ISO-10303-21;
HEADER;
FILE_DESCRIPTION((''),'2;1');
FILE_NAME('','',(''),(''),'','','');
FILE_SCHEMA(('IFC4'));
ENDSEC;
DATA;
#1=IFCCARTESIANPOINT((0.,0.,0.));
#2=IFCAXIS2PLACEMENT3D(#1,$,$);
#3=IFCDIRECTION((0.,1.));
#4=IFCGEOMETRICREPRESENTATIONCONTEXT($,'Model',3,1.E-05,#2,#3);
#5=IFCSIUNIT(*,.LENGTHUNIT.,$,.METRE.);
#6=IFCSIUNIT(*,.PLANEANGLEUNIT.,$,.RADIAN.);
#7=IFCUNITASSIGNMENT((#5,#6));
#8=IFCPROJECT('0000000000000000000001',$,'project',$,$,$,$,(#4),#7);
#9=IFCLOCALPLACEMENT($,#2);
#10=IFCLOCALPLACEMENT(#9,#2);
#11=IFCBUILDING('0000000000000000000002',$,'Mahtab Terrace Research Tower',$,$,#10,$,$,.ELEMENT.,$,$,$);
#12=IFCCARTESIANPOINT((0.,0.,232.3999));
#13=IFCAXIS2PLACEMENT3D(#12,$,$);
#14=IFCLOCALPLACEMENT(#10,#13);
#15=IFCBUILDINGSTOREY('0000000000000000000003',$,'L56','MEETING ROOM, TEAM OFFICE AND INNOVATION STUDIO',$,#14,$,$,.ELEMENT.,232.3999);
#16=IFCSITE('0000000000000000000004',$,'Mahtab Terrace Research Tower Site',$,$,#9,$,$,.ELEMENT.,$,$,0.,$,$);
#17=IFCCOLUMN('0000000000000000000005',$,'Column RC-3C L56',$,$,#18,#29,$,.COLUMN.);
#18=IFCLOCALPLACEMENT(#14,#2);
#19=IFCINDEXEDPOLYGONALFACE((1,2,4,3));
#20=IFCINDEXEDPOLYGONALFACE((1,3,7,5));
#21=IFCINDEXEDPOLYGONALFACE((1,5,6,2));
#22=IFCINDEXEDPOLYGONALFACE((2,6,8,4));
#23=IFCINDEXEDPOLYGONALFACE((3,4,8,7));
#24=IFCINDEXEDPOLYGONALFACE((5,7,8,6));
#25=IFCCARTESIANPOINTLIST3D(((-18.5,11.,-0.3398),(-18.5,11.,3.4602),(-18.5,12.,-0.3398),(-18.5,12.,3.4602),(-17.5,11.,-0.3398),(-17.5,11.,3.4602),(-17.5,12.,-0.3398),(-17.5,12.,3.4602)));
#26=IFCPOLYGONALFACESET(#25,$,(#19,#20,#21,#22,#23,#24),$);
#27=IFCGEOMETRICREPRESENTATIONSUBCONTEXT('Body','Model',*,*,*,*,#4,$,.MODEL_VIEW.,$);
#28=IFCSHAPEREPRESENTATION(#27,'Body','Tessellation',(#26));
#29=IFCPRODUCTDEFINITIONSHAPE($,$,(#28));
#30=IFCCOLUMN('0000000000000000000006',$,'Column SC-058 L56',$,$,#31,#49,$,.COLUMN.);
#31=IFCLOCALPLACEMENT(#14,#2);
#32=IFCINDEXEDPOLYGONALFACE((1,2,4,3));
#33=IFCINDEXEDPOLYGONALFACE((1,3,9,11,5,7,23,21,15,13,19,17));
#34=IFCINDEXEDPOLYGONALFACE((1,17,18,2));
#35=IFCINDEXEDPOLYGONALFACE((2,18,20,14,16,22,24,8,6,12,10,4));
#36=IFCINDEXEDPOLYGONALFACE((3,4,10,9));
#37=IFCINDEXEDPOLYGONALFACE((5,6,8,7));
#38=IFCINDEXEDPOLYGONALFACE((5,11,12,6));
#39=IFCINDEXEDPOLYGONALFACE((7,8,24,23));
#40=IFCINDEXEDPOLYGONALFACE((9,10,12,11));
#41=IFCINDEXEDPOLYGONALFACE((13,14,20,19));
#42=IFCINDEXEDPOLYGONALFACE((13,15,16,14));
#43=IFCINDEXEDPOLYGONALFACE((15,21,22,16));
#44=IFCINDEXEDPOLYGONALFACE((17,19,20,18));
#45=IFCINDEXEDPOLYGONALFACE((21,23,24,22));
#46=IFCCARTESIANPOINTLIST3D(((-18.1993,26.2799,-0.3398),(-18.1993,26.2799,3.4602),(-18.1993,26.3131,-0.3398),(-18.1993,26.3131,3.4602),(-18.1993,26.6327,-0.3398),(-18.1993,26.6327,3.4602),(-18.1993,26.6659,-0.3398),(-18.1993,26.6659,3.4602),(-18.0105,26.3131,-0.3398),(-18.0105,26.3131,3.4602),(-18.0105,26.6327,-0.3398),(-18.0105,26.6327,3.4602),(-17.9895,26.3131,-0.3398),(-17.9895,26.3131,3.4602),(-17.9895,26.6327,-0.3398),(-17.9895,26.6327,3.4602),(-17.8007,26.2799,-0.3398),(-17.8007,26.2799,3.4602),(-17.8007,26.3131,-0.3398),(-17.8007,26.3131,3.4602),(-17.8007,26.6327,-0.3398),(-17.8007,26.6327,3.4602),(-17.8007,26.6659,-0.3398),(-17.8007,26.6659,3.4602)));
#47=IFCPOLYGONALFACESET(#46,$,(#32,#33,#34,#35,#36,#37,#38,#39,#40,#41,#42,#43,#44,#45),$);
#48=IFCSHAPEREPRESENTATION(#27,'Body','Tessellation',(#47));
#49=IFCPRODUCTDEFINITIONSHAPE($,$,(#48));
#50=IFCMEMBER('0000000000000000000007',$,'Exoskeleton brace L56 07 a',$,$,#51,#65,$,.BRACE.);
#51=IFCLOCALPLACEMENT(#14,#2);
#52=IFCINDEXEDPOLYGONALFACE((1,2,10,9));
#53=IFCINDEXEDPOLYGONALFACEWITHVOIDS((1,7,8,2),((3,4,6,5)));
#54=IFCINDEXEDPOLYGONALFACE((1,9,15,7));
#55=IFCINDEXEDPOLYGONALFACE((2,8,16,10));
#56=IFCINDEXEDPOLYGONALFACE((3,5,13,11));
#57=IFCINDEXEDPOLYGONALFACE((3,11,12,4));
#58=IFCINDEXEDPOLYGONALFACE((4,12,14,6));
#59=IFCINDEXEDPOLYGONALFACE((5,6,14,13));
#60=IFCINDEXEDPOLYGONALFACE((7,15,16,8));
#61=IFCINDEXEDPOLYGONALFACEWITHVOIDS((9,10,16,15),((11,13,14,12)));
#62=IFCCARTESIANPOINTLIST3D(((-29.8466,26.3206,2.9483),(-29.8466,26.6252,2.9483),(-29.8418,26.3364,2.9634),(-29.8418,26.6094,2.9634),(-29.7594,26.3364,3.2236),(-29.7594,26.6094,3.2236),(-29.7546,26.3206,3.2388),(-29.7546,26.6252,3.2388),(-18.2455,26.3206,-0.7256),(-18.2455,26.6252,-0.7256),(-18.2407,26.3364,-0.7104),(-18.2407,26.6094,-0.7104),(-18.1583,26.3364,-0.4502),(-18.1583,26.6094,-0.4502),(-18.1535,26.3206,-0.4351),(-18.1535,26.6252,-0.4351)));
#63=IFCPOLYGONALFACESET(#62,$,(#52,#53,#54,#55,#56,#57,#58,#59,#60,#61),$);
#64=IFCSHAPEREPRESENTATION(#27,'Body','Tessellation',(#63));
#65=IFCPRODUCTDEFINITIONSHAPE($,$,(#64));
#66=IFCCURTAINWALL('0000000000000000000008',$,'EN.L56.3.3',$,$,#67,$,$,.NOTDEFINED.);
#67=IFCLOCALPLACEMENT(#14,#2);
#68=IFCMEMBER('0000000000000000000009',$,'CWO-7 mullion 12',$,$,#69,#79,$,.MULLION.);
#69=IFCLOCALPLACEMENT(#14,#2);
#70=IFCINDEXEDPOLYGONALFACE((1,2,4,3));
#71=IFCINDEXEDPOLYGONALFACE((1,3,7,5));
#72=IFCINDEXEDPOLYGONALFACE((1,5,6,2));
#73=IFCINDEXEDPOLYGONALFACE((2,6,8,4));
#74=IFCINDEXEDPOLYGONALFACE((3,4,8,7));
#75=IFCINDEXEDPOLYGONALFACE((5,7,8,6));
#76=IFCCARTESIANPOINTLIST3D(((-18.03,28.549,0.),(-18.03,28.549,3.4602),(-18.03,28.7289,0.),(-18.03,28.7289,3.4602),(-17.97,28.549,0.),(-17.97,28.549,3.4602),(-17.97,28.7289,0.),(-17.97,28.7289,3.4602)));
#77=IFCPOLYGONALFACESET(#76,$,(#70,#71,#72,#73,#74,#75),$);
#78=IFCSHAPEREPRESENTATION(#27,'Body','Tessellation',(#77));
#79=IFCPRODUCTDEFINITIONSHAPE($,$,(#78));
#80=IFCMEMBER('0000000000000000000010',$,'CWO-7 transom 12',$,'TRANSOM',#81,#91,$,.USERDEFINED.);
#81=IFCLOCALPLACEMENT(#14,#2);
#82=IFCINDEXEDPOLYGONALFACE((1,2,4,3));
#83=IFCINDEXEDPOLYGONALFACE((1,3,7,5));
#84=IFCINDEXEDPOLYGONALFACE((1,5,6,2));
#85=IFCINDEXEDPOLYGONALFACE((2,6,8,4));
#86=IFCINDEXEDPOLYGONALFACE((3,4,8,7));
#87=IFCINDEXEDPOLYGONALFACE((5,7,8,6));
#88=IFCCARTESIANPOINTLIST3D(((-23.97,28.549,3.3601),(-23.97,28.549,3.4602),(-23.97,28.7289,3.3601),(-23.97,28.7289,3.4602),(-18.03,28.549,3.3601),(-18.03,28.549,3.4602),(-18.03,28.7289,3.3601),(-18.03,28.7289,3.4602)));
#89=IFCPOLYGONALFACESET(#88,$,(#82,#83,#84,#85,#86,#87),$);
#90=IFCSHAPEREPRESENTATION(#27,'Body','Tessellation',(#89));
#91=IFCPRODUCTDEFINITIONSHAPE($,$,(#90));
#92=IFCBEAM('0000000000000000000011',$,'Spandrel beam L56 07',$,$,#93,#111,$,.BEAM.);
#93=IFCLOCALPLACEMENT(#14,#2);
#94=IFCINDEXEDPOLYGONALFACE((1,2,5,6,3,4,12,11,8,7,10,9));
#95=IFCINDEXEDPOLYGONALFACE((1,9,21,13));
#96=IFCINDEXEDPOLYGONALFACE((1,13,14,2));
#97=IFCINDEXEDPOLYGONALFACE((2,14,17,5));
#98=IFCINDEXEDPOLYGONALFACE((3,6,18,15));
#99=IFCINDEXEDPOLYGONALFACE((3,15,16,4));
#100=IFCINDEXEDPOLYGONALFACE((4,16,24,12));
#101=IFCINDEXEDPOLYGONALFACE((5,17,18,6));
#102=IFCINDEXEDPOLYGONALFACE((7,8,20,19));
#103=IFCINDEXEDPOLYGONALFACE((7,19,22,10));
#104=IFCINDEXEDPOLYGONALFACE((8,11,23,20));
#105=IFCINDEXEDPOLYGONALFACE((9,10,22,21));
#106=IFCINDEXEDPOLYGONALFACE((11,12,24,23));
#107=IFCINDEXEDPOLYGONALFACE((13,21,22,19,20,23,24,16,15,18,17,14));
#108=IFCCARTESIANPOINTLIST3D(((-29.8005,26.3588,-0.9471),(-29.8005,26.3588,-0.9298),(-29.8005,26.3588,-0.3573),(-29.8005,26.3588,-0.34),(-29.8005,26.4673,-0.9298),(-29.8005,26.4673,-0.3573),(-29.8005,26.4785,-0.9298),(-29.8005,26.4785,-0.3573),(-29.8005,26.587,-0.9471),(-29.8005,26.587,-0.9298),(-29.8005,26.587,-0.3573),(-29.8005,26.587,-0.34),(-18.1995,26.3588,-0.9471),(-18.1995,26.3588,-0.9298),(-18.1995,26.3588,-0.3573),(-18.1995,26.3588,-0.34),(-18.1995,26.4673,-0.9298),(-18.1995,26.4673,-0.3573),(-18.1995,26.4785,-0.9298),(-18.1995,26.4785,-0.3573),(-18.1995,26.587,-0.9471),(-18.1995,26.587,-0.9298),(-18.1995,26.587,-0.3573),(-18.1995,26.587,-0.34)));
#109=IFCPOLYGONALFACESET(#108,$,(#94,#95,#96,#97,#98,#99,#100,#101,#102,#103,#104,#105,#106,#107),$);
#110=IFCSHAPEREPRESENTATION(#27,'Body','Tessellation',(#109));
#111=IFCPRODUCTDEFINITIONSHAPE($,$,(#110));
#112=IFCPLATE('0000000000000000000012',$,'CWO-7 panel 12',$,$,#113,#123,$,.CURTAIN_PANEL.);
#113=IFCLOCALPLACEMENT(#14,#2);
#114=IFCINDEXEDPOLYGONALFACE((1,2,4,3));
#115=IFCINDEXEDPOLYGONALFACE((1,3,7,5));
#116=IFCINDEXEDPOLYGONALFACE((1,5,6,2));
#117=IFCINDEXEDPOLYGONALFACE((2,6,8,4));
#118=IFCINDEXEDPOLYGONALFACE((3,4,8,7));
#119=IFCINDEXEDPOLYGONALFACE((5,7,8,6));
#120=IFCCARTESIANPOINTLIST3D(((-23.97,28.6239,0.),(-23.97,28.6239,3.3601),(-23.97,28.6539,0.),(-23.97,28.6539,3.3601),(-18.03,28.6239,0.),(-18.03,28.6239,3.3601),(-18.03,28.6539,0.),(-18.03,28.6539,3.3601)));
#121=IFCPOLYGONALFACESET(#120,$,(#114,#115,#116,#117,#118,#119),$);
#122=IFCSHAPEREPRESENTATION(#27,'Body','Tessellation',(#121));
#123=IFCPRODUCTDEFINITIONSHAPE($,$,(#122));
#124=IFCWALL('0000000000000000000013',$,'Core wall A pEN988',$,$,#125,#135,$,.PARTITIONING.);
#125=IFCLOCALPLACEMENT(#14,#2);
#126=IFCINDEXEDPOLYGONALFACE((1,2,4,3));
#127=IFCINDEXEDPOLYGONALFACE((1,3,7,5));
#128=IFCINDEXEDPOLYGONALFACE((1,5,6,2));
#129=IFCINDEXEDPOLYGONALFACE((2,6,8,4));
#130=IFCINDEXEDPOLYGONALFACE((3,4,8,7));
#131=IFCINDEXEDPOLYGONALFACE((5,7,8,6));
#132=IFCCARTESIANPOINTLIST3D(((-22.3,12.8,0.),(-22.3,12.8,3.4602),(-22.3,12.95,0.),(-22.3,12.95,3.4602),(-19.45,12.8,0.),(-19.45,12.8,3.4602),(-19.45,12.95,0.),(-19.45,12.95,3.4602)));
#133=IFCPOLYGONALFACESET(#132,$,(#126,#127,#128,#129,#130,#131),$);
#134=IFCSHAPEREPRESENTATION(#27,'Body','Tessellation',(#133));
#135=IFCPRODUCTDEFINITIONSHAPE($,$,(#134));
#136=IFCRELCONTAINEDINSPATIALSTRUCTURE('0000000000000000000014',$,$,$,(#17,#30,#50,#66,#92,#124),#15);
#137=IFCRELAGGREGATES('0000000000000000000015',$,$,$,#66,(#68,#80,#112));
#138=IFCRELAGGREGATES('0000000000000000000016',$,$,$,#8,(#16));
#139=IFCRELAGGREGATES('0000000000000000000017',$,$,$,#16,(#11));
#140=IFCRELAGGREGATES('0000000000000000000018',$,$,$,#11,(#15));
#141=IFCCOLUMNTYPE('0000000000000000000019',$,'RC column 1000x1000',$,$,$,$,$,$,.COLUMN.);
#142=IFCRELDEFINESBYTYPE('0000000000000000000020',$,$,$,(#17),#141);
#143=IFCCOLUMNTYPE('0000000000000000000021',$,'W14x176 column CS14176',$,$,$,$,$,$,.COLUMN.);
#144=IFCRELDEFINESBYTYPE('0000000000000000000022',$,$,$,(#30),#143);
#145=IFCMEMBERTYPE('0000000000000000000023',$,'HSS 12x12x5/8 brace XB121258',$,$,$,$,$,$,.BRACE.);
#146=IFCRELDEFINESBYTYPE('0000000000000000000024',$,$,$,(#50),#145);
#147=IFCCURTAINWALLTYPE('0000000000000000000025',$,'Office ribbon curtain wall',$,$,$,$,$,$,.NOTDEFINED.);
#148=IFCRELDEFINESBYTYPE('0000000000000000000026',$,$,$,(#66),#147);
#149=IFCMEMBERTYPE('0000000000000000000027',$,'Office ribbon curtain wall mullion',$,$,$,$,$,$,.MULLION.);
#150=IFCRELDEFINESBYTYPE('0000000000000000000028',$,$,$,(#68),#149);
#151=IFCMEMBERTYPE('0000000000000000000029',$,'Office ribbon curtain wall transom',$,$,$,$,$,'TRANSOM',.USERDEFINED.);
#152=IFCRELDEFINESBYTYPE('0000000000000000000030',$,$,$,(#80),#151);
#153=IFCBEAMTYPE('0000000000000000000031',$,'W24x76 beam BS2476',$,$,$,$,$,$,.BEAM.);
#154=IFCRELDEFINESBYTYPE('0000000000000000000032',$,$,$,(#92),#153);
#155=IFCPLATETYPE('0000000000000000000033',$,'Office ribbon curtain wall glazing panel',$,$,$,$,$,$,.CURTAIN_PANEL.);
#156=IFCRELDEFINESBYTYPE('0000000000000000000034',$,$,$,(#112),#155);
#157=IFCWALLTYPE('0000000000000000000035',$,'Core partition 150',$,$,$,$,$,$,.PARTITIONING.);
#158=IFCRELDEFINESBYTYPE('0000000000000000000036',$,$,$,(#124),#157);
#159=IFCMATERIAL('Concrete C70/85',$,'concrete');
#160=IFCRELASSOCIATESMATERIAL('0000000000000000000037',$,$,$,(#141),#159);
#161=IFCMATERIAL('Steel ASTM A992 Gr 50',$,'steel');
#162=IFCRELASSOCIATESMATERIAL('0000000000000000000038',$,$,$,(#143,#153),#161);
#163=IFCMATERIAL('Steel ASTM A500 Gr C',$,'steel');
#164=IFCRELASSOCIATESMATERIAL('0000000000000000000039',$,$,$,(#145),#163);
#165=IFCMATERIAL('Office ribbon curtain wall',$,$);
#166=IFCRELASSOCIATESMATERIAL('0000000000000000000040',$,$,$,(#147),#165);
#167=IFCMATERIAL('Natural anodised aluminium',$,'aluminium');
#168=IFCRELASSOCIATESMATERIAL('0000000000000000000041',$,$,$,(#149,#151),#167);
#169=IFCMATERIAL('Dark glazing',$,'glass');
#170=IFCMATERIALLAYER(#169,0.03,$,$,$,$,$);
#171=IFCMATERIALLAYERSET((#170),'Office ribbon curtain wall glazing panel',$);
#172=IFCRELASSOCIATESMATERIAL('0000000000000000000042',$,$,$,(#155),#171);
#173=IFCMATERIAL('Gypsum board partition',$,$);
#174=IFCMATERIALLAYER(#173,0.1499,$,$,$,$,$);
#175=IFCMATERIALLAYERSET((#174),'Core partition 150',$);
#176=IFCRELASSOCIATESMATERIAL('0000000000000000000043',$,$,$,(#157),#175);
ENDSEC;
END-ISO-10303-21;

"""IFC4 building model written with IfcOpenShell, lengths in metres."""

from ifc_helpers import new_model, si_unit, direction, frame, frame_2d, origin, origin_2d, place, context, subcontext, project, spatial, rectangle, hollow_rectangle, i_section, extrude, material, layer, layer_set, material_profile, profile_set, type_object, element, aggregate, save


model = new_model("IFC4")

# Units and contexts
model_context = context("Model", 3, precision=1e-05, world=origin(), true_north=direction((0.0, 1.0)))
body_context = subcontext(model_context, "Body", "Model", "MODEL_VIEW")
ifc_project = project(units=[si_unit("LENGTHUNIT", "METRE"), si_unit("PLANEANGLEUNIT", "RADIAN")], contexts=[model_context])

# Site, building, storey
site_placement = place(None, origin())
site = spatial("IfcSite", under=ifc_project, at=site_placement, Name="Mahtab Terrace Research Tower Site", CompositionType="ELEMENT", RefElevation=0.0)
building_placement = place(site_placement, origin())
building = spatial("IfcBuilding", under=site, at=building_placement, Name="Mahtab Terrace Research Tower", CompositionType="ELEMENT")
storey_placement = place(building_placement, frame((0.0, 0.0, 232.3999)))
storey = spatial("IfcBuildingStorey", under=building, at=storey_placement, Name="L56", Description="MEETING ROOM, TEAM OFFICE AND INNOVATION STUDIO", CompositionType="ELEMENT", Elevation=232.3999)

# Columns
ifc_material_1 = material(Name="Concrete C70/85", Category="concrete")
ifc_material_profile_1 = material_profile(ifc_material_1, rectangle(XDim=1.0, YDim=1.0, at=origin_2d()), Name="RC column 1000x1000")
ifc_profile_set_1 = profile_set([ifc_material_profile_1], Name="Concrete C70/85")
column_type_1 = type_object("IfcColumnType", Name="RC column 1000x1000", PredefinedType="COLUMN", material=ifc_profile_set_1)
column_1_placement = place(storey_placement, frame((-18.0, 11.5, -0.3398), z_axis=(0.0, 0.0, 1.0), x_axis=(1.0, 0.0, 0.0)))
element("IfcColumn", 1, at=column_1_placement, inside=storey, type_object=column_type_1, Name="Column RC-3C L56", PredefinedType="COLUMN", context=body_context, shape_type="SweptSolid", body=[
    extrude(rectangle(XDim=1.0, YDim=1.0, at=origin_2d()), origin(), (0.0, 0.0, 1.0), 3.8),
])
ifc_material_2 = material(Name="Steel ASTM A992 Gr 50", Category="steel")
ifc_material_profile_2 = material_profile(ifc_material_2, i_section(OverallWidth=0.3987, OverallDepth=0.386, WebThickness=0.021, FlangeThickness=0.0332, at=origin_2d()), Name="W14X176")
ifc_profile_set_2 = profile_set([ifc_material_profile_2], Name="Steel ASTM A992 Gr 50")
column_type_2 = type_object("IfcColumnType", Name="W14x176 column CS14176", PredefinedType="COLUMN", material=ifc_profile_set_2)
column_2_placement = place(storey_placement, frame((-18.0, 26.4729, -0.3398), z_axis=(0.0, 0.0, 1.0), x_axis=(1.0, 0.0, 0.0)))
element("IfcColumn", 2, at=column_2_placement, inside=storey, type_object=column_type_2, Name="Column SC-058 L56", PredefinedType="COLUMN", context=body_context, shape_type="SweptSolid", body=[
    extrude(i_section(OverallWidth=0.3987, OverallDepth=0.386, WebThickness=0.021, FlangeThickness=0.0332, at=origin_2d()), origin(), (0.0, 0.0, 1.0), 3.8),
])

# Member
ifc_material_3 = material(Name="Steel ASTM A500 Gr C", Category="steel")
ifc_material_profile_3 = material_profile(ifc_material_3, hollow_rectangle(XDim=0.3047, YDim=0.3047, WallThickness=0.0159, at=origin_2d()), Name="HSS12X12X5/8")
ifc_profile_set_3 = profile_set([ifc_material_profile_3], Name="Steel ASTM A500 Gr C")
member_type_1 = type_object("IfcMemberType", Name="HSS 12x12x5/8 brace XB121258", PredefinedType="BRACE", material=ifc_profile_set_3)
member_1_placement = place(storey_placement, frame((-18.1995, 26.4729, -0.5803), z_axis=(-0.953339, 0.0, 0.301903), x_axis=(0.0, -1.0, 0.0)))
element("IfcMember", 3, at=member_1_placement, inside=storey, type_object=member_type_1, Name="Exoskeleton brace L56 07 a", PredefinedType="BRACE", context=body_context, shape_type="SweptSolid", body=[
    extrude(hollow_rectangle(XDim=0.3047, YDim=0.3047, WallThickness=0.0159, at=origin_2d()), origin(), (0.0, 0.0, 1.0), 12.1689),
])

# Curtain wall, members
ifc_material_4 = material(Name="Office ribbon curtain wall")
curtain_wall_type = type_object("IfcCurtainWallType", Name="Office ribbon curtain wall", PredefinedType="NOTDEFINED", material=ifc_material_4)
curtain_wall_placement = place(storey_placement, origin())
curtain_wall = element("IfcCurtainWall", 4, at=curtain_wall_placement, inside=storey, type_object=curtain_wall_type, Name="EN.L56.3.3", PredefinedType="NOTDEFINED")
ifc_material_5 = material(Name="Natural anodised aluminium", Category="aluminium")
ifc_material_profile_4 = material_profile(ifc_material_5, rectangle(XDim=0.1799, YDim=0.0601, at=origin_2d()), Name="MULLION 60x180")
ifc_profile_set_4 = profile_set([ifc_material_profile_4], Name="Natural anodised aluminium")
member_type_2 = type_object("IfcMemberType", Name="Office ribbon curtain wall mullion", PredefinedType="MULLION", material=ifc_profile_set_4)
member_2_placement = place(storey_placement, frame((-18.0, 28.6389, 0.0), z_axis=(0.0, 0.0, 1.0), x_axis=(0.0, -1.0, 0.0)))
member_2 = element("IfcMember", 5, at=member_2_placement, type_object=member_type_2, Name="CWO-7 mullion 12", PredefinedType="MULLION", context=body_context, shape_type="SweptSolid", body=[
    extrude(rectangle(XDim=0.1799, YDim=0.0601, at=origin_2d()), origin(), (0.0, 0.0, 1.0), 3.4602),
])
ifc_material_profile_5 = material_profile(ifc_material_5, rectangle(XDim=0.1799, YDim=0.1001, at=origin_2d()), Name="TRANSOM 100x180")
ifc_profile_set_5 = profile_set([ifc_material_profile_5], Name="Natural anodised aluminium")
member_type_3 = type_object("IfcMemberType", Name="Office ribbon curtain wall transom", ElementType="TRANSOM", PredefinedType="USERDEFINED", material=ifc_profile_set_5)
member_3_placement = place(storey_placement, frame((-18.03, 28.6389, 3.4102), z_axis=(-1.0, 0.0, 0.0), x_axis=(0.0, -1.0, 0.0)))
member_3 = element("IfcMember", 6, at=member_3_placement, type_object=member_type_3, Name="CWO-7 transom 12", ObjectType="TRANSOM", PredefinedType="USERDEFINED", context=body_context, shape_type="SweptSolid", body=[
    extrude(rectangle(XDim=0.1799, YDim=0.1001, at=origin_2d()), origin(), (0.0, 0.0, 1.0), 5.9399),
])

# Beam
ifc_material_profile_6 = material_profile(ifc_material_2, i_section(OverallWidth=0.2283, OverallDepth=0.6072, WebThickness=0.0112, FlangeThickness=0.0173, at=origin_2d()), Name="W24X76")
ifc_profile_set_6 = profile_set([ifc_material_profile_6], Name="Steel ASTM A992 Gr 50")
beam_type = type_object("IfcBeamType", Name="W24x76 beam BS2476", PredefinedType="BEAM", material=ifc_profile_set_6)
beam_placement = place(storey_placement, frame((-18.1995, 26.4729, -0.6436), z_axis=(-1.0, 0.0, 0.0), x_axis=(0.0, -1.0, 0.0)))
element("IfcBeam", 7, at=beam_placement, inside=storey, type_object=beam_type, Name="Spandrel beam L56 07", PredefinedType="BEAM", context=body_context, shape_type="SweptSolid", body=[
    extrude(i_section(OverallWidth=0.2283, OverallDepth=0.6072, WebThickness=0.0112, FlangeThickness=0.0173, at=origin_2d()), origin(), (0.0, 0.0, 1.0), 11.6011),
])

# Plate
ifc_material_6 = material(Name="Dark glazing", Category="glass")
ifc_layer_1 = layer(ifc_material_6, 0.03)
ifc_layer_set_1 = layer_set([ifc_layer_1], Name="Office ribbon curtain wall glazing panel")
plate_type = type_object("IfcPlateType", Name="Office ribbon curtain wall glazing panel", PredefinedType="CURTAIN_PANEL", material=ifc_layer_set_1)
plate_placement = place(storey_placement, frame((-21.0, 28.6389, 0.0), z_axis=(0.0, 0.0, 1.0), x_axis=(-1.0, 0.0, 0.0)))
plate = element("IfcPlate", 8, at=plate_placement, type_object=plate_type, Name="CWO-7 panel 12", PredefinedType="CURTAIN_PANEL", context=body_context, shape_type="SweptSolid", body=[
    extrude(rectangle(XDim=5.9399, YDim=0.03, at=origin_2d()), origin(), (0.0, 0.0, 1.0), 3.3601),
])
aggregate(curtain_wall, [member_2, member_3, plate])

# Wall
ifc_material_7 = material(Name="Gypsum board partition")
ifc_layer_2 = layer(ifc_material_7, 0.1499)
ifc_layer_set_2 = layer_set([ifc_layer_2], Name="Core partition 150")
wall_type_1 = type_object("IfcWallType", Name="Core partition 150", PredefinedType="PARTITIONING", material=ifc_layer_set_2)
wall_1_placement = place(storey_placement, frame((-22.3, 12.875, 0.0), z_axis=(0.0, 0.0, 1.0), x_axis=(1.0, 0.0, 0.0)))
element("IfcWall", 9, at=wall_1_placement, inside=storey, type_object=wall_type_1, Name="Core wall A pEN988", PredefinedType="PARTITIONING", context=body_context, shape_type="SweptSolid", body=[
    extrude(rectangle(XDim=2.8501, YDim=0.1499, at=frame_2d((1.425, 0.0))), origin(), (0.0, 0.0, 1.0), 3.4602),
])

save(model, "model.ifc")
